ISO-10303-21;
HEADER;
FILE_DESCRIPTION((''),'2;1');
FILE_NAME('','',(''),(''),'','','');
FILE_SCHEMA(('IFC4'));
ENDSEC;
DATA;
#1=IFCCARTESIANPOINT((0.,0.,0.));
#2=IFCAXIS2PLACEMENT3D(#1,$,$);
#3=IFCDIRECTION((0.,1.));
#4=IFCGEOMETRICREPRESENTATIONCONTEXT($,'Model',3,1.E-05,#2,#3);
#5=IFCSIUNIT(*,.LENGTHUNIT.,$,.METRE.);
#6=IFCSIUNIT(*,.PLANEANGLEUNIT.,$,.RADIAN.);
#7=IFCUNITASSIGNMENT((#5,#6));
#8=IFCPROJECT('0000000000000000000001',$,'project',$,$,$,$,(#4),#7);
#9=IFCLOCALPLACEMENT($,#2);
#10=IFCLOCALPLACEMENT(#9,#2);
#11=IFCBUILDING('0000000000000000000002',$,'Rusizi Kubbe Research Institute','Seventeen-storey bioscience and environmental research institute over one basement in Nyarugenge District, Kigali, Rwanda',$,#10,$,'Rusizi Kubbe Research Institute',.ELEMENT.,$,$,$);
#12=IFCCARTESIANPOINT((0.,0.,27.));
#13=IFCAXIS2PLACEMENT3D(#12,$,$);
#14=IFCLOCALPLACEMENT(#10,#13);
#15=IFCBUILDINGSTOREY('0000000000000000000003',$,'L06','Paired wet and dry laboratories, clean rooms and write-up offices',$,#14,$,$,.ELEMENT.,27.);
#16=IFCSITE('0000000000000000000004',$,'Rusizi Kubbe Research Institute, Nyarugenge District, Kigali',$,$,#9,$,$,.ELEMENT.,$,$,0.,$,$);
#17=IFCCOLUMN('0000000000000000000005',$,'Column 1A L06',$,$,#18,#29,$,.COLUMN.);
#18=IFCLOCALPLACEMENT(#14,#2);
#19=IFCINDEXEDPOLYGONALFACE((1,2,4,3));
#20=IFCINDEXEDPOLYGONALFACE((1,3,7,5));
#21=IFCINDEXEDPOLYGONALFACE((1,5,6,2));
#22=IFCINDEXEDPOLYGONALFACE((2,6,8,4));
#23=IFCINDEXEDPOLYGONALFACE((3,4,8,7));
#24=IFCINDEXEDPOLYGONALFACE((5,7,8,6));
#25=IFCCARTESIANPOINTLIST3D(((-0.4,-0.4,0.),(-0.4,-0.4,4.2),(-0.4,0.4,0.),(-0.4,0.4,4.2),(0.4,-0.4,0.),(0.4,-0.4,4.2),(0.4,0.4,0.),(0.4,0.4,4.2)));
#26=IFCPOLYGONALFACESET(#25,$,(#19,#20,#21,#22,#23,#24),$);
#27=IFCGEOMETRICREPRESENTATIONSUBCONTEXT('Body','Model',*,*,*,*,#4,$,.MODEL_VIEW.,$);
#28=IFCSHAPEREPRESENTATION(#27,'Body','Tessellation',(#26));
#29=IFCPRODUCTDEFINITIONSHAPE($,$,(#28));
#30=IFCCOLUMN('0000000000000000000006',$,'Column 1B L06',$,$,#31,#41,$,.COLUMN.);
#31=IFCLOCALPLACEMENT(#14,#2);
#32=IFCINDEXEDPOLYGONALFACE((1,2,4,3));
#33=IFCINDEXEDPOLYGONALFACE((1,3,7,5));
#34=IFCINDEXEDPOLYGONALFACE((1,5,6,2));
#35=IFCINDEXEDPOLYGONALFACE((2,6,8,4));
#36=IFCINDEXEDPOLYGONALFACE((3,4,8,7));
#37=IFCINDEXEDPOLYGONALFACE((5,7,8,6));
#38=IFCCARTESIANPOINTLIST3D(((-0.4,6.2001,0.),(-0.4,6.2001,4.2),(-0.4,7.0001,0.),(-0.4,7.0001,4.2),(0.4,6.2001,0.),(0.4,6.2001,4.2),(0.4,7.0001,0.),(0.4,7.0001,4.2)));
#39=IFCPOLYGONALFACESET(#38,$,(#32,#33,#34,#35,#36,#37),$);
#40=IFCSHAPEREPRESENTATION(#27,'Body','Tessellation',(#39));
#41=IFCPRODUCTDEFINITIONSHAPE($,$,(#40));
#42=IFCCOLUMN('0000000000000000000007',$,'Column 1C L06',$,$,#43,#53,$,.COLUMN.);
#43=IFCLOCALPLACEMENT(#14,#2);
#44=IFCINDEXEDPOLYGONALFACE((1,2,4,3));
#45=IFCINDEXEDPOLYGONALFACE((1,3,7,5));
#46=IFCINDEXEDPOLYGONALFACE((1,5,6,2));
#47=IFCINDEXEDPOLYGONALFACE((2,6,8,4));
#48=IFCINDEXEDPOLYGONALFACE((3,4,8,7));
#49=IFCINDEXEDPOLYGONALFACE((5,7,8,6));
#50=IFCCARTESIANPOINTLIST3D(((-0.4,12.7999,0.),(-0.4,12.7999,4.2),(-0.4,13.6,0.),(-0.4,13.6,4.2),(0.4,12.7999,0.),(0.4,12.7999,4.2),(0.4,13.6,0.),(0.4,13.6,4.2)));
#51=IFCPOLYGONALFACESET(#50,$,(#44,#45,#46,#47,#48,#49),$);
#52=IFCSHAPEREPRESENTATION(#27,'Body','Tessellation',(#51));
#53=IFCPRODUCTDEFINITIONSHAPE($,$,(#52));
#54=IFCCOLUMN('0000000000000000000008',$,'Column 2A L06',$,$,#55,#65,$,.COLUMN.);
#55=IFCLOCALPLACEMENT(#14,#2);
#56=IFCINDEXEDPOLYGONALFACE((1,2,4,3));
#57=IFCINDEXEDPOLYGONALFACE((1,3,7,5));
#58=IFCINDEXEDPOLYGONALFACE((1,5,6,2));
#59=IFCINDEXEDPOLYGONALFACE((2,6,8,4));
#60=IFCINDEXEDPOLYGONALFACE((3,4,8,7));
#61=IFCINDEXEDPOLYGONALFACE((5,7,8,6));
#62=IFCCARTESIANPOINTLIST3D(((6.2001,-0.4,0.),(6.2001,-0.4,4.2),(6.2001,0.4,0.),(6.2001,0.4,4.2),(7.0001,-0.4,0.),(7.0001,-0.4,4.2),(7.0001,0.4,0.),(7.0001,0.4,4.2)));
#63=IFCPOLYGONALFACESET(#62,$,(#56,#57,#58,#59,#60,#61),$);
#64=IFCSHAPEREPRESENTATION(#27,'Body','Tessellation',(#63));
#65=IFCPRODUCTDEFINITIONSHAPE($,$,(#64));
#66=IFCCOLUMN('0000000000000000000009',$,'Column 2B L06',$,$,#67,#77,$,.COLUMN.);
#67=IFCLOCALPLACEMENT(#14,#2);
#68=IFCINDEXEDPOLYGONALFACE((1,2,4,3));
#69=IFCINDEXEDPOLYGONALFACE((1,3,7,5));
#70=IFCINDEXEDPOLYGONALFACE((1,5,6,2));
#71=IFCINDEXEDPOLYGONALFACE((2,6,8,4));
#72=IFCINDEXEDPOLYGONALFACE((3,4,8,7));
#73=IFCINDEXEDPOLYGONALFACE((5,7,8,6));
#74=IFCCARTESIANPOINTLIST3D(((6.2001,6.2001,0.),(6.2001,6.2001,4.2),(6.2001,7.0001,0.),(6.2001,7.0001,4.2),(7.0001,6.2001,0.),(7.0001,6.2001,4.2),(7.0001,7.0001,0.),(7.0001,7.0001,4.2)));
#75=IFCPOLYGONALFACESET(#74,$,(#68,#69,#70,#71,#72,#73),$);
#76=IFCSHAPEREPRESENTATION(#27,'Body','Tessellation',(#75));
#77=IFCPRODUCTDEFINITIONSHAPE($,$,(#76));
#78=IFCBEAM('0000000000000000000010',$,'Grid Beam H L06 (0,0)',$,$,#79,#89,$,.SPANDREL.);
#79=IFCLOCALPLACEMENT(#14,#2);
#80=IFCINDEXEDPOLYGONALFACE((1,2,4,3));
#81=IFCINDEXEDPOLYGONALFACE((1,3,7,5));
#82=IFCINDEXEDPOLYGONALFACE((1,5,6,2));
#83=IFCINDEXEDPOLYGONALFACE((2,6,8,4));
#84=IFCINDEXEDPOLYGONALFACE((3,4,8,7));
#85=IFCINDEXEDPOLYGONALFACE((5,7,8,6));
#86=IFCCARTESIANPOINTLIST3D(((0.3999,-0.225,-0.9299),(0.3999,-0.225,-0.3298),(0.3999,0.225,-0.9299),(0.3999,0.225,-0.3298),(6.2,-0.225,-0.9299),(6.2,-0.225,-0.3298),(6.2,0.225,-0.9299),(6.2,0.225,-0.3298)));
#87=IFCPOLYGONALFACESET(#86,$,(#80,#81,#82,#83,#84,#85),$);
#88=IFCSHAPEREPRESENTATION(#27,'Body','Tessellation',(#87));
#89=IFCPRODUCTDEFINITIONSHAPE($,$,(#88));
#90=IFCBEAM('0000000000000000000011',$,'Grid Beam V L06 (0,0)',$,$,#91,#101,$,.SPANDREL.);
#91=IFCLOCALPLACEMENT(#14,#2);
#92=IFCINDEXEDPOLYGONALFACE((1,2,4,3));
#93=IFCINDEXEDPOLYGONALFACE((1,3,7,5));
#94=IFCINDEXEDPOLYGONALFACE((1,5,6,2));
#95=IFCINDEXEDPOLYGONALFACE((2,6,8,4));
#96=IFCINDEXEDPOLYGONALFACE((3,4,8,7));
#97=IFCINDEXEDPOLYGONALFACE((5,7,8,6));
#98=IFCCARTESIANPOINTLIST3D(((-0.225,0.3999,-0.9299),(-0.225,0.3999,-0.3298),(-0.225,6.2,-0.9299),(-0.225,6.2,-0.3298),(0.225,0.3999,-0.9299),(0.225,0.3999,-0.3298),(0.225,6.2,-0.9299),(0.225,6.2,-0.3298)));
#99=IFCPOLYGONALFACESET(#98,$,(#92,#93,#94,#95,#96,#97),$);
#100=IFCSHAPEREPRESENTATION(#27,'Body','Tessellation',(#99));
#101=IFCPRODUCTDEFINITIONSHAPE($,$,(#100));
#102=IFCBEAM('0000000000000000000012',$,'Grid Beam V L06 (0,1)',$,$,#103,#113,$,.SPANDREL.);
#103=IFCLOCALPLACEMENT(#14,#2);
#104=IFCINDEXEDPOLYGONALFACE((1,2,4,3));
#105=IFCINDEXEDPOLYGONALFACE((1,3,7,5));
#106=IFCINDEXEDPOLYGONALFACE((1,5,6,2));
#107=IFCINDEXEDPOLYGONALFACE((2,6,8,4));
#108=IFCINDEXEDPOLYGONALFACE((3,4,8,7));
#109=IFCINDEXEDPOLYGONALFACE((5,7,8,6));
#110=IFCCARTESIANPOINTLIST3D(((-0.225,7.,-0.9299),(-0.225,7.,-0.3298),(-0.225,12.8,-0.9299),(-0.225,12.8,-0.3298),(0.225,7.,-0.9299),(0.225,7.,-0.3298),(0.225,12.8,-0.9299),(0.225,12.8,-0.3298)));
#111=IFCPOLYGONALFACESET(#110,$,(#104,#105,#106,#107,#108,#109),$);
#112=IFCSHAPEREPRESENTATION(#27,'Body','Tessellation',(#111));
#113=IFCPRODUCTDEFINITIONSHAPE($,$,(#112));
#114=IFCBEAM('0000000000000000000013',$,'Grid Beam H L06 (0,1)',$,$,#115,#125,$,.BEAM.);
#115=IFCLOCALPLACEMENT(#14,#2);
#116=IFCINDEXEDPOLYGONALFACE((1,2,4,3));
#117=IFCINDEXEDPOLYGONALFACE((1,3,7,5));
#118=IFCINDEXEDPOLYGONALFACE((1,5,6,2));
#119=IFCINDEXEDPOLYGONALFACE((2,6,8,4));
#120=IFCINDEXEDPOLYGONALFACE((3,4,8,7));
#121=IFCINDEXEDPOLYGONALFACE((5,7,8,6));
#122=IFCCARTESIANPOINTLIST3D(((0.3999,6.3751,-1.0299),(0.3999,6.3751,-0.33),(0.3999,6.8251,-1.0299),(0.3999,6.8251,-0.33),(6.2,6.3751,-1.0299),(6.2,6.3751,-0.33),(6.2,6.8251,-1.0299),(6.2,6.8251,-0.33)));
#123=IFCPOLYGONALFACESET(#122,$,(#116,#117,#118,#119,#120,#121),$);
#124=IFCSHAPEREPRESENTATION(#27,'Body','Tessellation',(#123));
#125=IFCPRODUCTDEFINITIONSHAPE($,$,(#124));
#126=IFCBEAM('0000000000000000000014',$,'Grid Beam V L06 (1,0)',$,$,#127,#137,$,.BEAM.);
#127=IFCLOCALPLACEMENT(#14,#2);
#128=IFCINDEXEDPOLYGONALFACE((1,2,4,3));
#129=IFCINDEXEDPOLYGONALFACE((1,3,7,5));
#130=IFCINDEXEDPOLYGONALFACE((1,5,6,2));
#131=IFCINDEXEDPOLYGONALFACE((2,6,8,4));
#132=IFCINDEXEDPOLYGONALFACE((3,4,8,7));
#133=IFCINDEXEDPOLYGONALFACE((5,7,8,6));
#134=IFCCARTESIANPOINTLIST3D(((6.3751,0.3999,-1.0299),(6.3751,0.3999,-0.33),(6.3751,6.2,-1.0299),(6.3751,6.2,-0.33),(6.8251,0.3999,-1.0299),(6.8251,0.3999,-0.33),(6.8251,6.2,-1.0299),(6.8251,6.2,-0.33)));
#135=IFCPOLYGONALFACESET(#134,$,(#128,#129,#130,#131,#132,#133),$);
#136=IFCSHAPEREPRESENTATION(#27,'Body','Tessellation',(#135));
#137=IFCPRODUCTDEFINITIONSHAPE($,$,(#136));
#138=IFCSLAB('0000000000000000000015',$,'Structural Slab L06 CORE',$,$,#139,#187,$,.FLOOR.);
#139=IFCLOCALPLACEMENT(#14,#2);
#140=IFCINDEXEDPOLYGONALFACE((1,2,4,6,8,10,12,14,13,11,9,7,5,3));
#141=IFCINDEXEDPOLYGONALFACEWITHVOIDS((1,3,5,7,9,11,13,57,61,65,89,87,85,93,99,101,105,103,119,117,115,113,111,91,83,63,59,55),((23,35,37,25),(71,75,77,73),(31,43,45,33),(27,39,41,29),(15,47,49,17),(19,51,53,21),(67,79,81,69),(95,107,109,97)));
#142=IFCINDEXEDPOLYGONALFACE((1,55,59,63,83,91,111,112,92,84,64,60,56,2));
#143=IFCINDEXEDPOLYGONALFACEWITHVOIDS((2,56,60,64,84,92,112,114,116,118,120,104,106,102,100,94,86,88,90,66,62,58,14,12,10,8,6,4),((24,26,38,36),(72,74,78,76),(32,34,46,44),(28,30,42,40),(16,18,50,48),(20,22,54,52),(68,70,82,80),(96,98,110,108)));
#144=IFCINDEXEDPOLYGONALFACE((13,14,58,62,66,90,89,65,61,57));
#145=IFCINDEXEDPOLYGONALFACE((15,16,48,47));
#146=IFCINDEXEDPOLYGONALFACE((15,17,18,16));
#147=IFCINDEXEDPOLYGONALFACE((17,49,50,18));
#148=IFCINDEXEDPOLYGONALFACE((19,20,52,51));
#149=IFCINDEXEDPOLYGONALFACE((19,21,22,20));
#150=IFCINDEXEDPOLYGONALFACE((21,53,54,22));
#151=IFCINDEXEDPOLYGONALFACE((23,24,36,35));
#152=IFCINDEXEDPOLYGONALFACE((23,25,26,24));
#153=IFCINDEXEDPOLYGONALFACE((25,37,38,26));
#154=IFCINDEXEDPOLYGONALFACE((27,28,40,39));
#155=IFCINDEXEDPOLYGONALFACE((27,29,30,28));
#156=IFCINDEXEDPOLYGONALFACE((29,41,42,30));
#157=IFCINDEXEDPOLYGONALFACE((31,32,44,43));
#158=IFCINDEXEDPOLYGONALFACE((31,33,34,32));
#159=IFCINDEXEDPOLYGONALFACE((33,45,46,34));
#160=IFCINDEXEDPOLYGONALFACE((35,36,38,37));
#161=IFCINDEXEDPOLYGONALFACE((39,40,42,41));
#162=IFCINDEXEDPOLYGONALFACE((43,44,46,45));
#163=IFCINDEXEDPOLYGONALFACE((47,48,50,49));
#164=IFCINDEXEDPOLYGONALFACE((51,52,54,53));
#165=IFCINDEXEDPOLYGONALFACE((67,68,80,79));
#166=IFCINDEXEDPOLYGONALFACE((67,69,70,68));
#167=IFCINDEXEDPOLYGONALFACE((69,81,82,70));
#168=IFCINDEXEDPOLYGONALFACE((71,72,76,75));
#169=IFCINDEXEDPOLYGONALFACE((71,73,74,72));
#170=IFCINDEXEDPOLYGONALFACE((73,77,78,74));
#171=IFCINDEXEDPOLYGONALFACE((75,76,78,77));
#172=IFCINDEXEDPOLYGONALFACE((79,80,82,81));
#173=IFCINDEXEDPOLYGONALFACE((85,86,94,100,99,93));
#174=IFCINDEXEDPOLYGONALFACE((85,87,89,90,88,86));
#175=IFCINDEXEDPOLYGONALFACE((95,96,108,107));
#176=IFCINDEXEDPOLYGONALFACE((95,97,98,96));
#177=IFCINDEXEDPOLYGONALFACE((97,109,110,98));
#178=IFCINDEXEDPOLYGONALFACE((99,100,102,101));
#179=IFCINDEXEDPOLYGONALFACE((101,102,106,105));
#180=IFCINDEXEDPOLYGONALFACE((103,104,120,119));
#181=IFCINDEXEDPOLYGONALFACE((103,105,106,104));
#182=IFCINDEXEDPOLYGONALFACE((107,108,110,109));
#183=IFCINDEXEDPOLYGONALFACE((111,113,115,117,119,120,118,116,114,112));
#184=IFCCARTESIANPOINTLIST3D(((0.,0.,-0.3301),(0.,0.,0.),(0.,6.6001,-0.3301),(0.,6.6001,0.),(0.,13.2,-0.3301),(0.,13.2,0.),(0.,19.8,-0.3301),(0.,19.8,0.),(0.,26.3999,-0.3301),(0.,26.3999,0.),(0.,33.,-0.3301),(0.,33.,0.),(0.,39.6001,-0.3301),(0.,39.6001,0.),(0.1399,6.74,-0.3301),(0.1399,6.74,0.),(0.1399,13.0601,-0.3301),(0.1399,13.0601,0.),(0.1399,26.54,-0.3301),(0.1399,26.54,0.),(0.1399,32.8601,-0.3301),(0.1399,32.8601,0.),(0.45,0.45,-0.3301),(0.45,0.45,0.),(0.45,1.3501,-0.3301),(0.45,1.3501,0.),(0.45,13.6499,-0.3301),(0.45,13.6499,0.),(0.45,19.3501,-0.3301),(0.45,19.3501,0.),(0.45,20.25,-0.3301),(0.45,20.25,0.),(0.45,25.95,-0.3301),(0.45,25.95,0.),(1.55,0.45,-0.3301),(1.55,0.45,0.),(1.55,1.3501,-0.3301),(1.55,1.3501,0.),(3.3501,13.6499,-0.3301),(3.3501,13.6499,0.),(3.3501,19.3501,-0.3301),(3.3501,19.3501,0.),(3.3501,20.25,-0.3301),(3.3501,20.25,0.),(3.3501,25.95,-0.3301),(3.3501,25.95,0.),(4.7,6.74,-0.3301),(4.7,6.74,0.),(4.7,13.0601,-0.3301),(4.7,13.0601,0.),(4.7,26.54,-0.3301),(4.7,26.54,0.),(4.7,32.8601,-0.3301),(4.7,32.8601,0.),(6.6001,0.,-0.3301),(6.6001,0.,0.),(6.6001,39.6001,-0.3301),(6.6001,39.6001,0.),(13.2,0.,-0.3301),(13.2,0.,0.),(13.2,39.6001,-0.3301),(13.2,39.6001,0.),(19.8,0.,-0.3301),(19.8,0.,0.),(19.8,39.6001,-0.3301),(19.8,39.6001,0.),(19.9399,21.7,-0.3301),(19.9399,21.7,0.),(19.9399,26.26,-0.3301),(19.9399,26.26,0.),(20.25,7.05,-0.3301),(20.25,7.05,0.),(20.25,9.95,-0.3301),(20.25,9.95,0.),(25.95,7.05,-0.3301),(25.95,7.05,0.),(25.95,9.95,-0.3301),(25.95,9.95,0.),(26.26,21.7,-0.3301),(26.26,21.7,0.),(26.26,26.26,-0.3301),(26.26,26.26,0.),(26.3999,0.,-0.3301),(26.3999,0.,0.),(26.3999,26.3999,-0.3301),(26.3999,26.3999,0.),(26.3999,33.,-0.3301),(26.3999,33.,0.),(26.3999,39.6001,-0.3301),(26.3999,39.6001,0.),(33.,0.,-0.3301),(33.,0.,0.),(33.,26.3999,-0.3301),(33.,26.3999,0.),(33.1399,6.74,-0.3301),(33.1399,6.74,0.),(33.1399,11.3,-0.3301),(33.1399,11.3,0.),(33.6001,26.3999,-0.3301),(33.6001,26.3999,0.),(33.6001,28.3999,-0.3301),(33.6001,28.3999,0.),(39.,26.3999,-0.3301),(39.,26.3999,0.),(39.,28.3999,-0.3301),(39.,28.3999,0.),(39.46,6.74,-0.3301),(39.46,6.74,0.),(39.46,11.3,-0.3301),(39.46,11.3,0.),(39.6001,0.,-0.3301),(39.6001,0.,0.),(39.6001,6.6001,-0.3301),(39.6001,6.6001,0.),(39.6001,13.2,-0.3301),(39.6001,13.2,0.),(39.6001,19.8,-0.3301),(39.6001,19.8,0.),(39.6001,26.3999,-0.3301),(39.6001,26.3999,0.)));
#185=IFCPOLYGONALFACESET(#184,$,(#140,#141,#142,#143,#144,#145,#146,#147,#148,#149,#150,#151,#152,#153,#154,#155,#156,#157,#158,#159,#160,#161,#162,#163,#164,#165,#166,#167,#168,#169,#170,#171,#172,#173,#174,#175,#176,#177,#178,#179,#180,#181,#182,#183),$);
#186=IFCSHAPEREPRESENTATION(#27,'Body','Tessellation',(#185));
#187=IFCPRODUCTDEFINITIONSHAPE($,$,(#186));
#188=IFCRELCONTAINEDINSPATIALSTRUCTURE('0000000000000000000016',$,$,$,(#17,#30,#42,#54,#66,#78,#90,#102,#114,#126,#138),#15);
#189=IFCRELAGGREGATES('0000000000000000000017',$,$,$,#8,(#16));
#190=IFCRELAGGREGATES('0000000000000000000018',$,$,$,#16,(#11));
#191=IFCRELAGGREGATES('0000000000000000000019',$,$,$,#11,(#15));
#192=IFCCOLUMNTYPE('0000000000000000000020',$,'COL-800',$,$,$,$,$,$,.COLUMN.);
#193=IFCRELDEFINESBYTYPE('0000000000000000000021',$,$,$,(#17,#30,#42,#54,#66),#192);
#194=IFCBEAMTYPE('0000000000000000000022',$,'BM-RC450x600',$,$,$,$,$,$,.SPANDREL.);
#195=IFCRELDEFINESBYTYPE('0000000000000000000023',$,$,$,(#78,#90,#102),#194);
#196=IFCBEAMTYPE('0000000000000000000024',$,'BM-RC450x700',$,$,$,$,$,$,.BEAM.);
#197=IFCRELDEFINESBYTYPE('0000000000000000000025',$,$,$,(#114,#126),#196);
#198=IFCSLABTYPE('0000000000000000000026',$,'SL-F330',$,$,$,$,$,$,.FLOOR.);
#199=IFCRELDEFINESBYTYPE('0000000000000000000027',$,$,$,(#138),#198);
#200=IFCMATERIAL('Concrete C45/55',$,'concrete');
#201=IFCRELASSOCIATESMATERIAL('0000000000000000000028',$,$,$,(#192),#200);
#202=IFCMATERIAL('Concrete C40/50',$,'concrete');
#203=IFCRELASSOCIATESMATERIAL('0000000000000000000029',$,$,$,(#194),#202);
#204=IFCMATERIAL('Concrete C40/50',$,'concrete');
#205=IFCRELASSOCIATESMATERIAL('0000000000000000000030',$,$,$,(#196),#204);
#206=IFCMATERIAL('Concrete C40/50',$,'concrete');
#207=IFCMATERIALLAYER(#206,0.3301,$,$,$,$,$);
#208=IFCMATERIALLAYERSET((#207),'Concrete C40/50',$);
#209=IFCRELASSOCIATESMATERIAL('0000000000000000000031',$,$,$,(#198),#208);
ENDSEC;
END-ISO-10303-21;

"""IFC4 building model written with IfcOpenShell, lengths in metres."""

from ifc_helpers import new_model, si_unit, direction, frame, origin, origin_2d, place, context, subcontext, project, spatial, polyline, rectangle, outline, extrude, material, layer, layer_set, material_profile, profile_set, type_object, element, save


model = new_model("IFC4")

# Units and contexts
model_context = context("Model", 3, precision=1e-05, world=origin(), true_north=direction((0.0, 1.0)))
body_context = subcontext(model_context, "Body", "Model", "MODEL_VIEW")
ifc_project = project(units=[si_unit("LENGTHUNIT", "METRE"), si_unit("PLANEANGLEUNIT", "RADIAN")], contexts=[model_context])

# Site, building, storey
site_placement = place(None, origin())
site = spatial("IfcSite", under=ifc_project, at=site_placement, Name="Rusizi Kubbe Research Institute, Nyarugenge District, Kigali", CompositionType="ELEMENT", RefElevation=0.0)
building_placement = place(site_placement, origin())
building = spatial("IfcBuilding", under=site, at=building_placement, Name="Rusizi Kubbe Research Institute", Description="Seventeen-storey bioscience and environmental research institute over one basement in Nyarugenge District, Kigali, Rwanda", LongName="Rusizi Kubbe Research Institute", CompositionType="ELEMENT")
storey_placement = place(building_placement, frame((0.0, 0.0, 27.0)))
storey = spatial("IfcBuildingStorey", under=building, at=storey_placement, Name="L06", Description="Paired wet and dry laboratories, clean rooms and write-up offices", CompositionType="ELEMENT", Elevation=27.0)

# Columns
ifc_material_1 = material(Name="Concrete C45/55", Category="concrete")
ifc_material_profile_1 = material_profile(ifc_material_1, rectangle(XDim=0.8, YDim=0.8, at=origin_2d()), Name="RC800x800")
ifc_profile_set_1 = profile_set([ifc_material_profile_1], Name="Concrete C45/55")
column_type = type_object("IfcColumnType", Name="COL-800", PredefinedType="COLUMN", material=ifc_profile_set_1)
for number, where, z_axis, x_axis, name in (
    (1, (0.0, 0.0, 0.0), (0.0, 0.0, 1.0), (1.0, 0.0, 0.0), "Column 1A L06"),
    (2, (0.0, 6.6001, 0.0), (0.0, 0.0, 1.0), (1.0, 0.0, 0.0), "Column 1B L06"),
    (3, (0.0, 13.2, 0.0), (0.0, 0.0, 1.0), (1.0, 0.0, 0.0), "Column 1C L06"),
    (4, (6.6001, 0.0, 0.0), (0.0, 0.0, 1.0), (1.0, 0.0, 0.0), "Column 2A L06"),
    (5, (6.6001, 6.6001, 0.0), (0.0, 0.0, 1.0), (1.0, 0.0, 0.0), "Column 2B L06"),
):
    element("IfcColumn", number, at=place(storey_placement, frame(where, z_axis=z_axis, x_axis=x_axis)), inside=storey, type_object=column_type, Name=name, PredefinedType="COLUMN", context=body_context, shape_type="SweptSolid", body=[
        extrude(rectangle(XDim=0.8, YDim=0.8, at=origin_2d()), origin(), (0.0, 0.0, 1.0), 4.2),
    ])

# Beams
ifc_material_2 = material(Name="Concrete C40/50", Category="concrete")
ifc_material_profile_2 = material_profile(ifc_material_2, rectangle(XDim=0.45, YDim=0.6001, at=origin_2d()), Name="RC450x600")
ifc_profile_set_2 = profile_set([ifc_material_profile_2], Name="Concrete C40/50")
beam_type_1 = type_object("IfcBeamType", Name="BM-RC450x600", PredefinedType="SPANDREL", material=ifc_profile_set_2)
for number, where, z_axis, x_axis, name in (
    (6, (0.3999, 0.0, -0.6299), (1.0, 0.0, 0.0), (0.0, 1.0, 0.0), "Grid Beam H L06 (0,0)"),
    (7, (0.0, 0.3999, -0.6299), (0.0, 1.0, 0.0), (-1.0, 0.0, 0.0), "Grid Beam V L06 (0,0)"),
    (8, (0.0, 7.0, -0.6299), (0.0, 1.0, 0.0), (-1.0, 0.0, 0.0), "Grid Beam V L06 (0,1)"),
):
    element("IfcBeam", number, at=place(storey_placement, frame(where, z_axis=z_axis, x_axis=x_axis)), inside=storey, type_object=beam_type_1, Name=name, PredefinedType="SPANDREL", context=body_context, shape_type="SweptSolid", body=[
        extrude(rectangle(XDim=0.45, YDim=0.6001, at=origin_2d()), origin(), (0.0, 0.0, 1.0), 5.8),
    ])
ifc_material_3 = material(Name="Concrete C40/50", Category="concrete")
ifc_material_profile_3 = material_profile(ifc_material_3, rectangle(XDim=0.45, YDim=0.7, at=origin_2d()), Name="RC450x700B")
ifc_profile_set_3 = profile_set([ifc_material_profile_3], Name="Concrete C40/50")
beam_type_2 = type_object("IfcBeamType", Name="BM-RC450x700", PredefinedType="BEAM", material=ifc_profile_set_3)
for number, where, z_axis, x_axis, name in (
    (9, (0.3999, 6.6001, -0.6799), (1.0, 0.0, 0.0), (0.0, 1.0, 0.0), "Grid Beam H L06 (0,1)"),
    (10, (6.6001, 0.3999, -0.6799), (0.0, 1.0, 0.0), (-1.0, 0.0, 0.0), "Grid Beam V L06 (1,0)"),
):
    element("IfcBeam", number, at=place(storey_placement, frame(where, z_axis=z_axis, x_axis=x_axis)), inside=storey, type_object=beam_type_2, Name=name, PredefinedType="BEAM", context=body_context, shape_type="SweptSolid", body=[
        extrude(rectangle(XDim=0.45, YDim=0.7, at=origin_2d()), origin(), (0.0, 0.0, 1.0), 5.8),
    ])

# Slab
ifc_material_4 = material(Name="Concrete C40/50", Category="concrete")
ifc_layer_1 = layer(ifc_material_4, 0.3301)
ifc_layer_set_1 = layer_set([ifc_layer_1], Name="Concrete C40/50")
slab_type_1 = type_object("IfcSlabType", Name="SL-F330", PredefinedType="FLOOR", material=ifc_layer_set_1)
slab_1_placement = place(storey_placement, frame((0.0, 0.0, -0.3301)))
element("IfcSlab", 11, at=slab_1_placement, inside=storey, type_object=slab_type_1, Name="Structural Slab L06 CORE", PredefinedType="FLOOR", context=body_context, shape_type="SweptSolid", body=[
    extrude(outline(polyline([(0.0, 39.6001), (6.6001, 39.6001), (13.2, 39.6001), (19.8, 39.6001), (26.3999, 39.6001), (26.3999, 33.0), (26.3999, 26.3999), (33.0, 26.3999), (33.6001, 26.3999), (33.6001, 28.3999), (39.0, 28.3999), (39.0, 26.3999), (39.6001, 26.3999), (39.6001, 19.8), (39.6001, 13.2), (39.6001, 6.6001), (39.6001, 0.0), (33.0, 0.0), (26.3999, 0.0), (19.8, 0.0), (13.2, 0.0), (6.6001, 0.0), (0.0, 0.0), (0.0, 6.6001), (0.0, 13.2), (0.0, 19.8), (0.0, 26.3999), (0.0, 33.0), (0.0, 39.6001)]), holes=[polyline([(0.45, 1.3501), (0.45, 0.45), (1.55, 0.45), (1.55, 1.3501), (0.45, 1.3501)]), polyline([(20.25, 9.95), (20.25, 7.05), (25.95, 7.05), (25.95, 9.95), (20.25, 9.95)]), polyline([(33.1399, 11.3), (33.1399, 6.74), (39.46, 6.74), (39.46, 11.3), (33.1399, 11.3)]), polyline([(0.1399, 13.0601), (0.1399, 6.74), (4.7, 6.74), (4.7, 13.0601), (0.1399, 13.0601)]), polyline([(0.45, 19.3501), (0.45, 13.6499), (3.3501, 13.6499), (3.3501, 19.3501), (0.45, 19.3501)]), polyline([(0.45, 25.95), (0.45, 20.25), (3.3501, 20.25), (3.3501, 25.95), (0.45, 25.95)]), polyline([(19.9399, 26.26), (19.9399, 21.7), (26.26, 21.7), (26.26, 26.26), (19.9399, 26.26)]), polyline([(4.7, 32.8601), (0.1399, 32.8601), (0.1399, 26.54), (4.7, 26.54), (4.7, 32.8601)])]), origin(), (0.0, 0.0, 1.0), 0.3301),
])

save(model, "model.ifc")
